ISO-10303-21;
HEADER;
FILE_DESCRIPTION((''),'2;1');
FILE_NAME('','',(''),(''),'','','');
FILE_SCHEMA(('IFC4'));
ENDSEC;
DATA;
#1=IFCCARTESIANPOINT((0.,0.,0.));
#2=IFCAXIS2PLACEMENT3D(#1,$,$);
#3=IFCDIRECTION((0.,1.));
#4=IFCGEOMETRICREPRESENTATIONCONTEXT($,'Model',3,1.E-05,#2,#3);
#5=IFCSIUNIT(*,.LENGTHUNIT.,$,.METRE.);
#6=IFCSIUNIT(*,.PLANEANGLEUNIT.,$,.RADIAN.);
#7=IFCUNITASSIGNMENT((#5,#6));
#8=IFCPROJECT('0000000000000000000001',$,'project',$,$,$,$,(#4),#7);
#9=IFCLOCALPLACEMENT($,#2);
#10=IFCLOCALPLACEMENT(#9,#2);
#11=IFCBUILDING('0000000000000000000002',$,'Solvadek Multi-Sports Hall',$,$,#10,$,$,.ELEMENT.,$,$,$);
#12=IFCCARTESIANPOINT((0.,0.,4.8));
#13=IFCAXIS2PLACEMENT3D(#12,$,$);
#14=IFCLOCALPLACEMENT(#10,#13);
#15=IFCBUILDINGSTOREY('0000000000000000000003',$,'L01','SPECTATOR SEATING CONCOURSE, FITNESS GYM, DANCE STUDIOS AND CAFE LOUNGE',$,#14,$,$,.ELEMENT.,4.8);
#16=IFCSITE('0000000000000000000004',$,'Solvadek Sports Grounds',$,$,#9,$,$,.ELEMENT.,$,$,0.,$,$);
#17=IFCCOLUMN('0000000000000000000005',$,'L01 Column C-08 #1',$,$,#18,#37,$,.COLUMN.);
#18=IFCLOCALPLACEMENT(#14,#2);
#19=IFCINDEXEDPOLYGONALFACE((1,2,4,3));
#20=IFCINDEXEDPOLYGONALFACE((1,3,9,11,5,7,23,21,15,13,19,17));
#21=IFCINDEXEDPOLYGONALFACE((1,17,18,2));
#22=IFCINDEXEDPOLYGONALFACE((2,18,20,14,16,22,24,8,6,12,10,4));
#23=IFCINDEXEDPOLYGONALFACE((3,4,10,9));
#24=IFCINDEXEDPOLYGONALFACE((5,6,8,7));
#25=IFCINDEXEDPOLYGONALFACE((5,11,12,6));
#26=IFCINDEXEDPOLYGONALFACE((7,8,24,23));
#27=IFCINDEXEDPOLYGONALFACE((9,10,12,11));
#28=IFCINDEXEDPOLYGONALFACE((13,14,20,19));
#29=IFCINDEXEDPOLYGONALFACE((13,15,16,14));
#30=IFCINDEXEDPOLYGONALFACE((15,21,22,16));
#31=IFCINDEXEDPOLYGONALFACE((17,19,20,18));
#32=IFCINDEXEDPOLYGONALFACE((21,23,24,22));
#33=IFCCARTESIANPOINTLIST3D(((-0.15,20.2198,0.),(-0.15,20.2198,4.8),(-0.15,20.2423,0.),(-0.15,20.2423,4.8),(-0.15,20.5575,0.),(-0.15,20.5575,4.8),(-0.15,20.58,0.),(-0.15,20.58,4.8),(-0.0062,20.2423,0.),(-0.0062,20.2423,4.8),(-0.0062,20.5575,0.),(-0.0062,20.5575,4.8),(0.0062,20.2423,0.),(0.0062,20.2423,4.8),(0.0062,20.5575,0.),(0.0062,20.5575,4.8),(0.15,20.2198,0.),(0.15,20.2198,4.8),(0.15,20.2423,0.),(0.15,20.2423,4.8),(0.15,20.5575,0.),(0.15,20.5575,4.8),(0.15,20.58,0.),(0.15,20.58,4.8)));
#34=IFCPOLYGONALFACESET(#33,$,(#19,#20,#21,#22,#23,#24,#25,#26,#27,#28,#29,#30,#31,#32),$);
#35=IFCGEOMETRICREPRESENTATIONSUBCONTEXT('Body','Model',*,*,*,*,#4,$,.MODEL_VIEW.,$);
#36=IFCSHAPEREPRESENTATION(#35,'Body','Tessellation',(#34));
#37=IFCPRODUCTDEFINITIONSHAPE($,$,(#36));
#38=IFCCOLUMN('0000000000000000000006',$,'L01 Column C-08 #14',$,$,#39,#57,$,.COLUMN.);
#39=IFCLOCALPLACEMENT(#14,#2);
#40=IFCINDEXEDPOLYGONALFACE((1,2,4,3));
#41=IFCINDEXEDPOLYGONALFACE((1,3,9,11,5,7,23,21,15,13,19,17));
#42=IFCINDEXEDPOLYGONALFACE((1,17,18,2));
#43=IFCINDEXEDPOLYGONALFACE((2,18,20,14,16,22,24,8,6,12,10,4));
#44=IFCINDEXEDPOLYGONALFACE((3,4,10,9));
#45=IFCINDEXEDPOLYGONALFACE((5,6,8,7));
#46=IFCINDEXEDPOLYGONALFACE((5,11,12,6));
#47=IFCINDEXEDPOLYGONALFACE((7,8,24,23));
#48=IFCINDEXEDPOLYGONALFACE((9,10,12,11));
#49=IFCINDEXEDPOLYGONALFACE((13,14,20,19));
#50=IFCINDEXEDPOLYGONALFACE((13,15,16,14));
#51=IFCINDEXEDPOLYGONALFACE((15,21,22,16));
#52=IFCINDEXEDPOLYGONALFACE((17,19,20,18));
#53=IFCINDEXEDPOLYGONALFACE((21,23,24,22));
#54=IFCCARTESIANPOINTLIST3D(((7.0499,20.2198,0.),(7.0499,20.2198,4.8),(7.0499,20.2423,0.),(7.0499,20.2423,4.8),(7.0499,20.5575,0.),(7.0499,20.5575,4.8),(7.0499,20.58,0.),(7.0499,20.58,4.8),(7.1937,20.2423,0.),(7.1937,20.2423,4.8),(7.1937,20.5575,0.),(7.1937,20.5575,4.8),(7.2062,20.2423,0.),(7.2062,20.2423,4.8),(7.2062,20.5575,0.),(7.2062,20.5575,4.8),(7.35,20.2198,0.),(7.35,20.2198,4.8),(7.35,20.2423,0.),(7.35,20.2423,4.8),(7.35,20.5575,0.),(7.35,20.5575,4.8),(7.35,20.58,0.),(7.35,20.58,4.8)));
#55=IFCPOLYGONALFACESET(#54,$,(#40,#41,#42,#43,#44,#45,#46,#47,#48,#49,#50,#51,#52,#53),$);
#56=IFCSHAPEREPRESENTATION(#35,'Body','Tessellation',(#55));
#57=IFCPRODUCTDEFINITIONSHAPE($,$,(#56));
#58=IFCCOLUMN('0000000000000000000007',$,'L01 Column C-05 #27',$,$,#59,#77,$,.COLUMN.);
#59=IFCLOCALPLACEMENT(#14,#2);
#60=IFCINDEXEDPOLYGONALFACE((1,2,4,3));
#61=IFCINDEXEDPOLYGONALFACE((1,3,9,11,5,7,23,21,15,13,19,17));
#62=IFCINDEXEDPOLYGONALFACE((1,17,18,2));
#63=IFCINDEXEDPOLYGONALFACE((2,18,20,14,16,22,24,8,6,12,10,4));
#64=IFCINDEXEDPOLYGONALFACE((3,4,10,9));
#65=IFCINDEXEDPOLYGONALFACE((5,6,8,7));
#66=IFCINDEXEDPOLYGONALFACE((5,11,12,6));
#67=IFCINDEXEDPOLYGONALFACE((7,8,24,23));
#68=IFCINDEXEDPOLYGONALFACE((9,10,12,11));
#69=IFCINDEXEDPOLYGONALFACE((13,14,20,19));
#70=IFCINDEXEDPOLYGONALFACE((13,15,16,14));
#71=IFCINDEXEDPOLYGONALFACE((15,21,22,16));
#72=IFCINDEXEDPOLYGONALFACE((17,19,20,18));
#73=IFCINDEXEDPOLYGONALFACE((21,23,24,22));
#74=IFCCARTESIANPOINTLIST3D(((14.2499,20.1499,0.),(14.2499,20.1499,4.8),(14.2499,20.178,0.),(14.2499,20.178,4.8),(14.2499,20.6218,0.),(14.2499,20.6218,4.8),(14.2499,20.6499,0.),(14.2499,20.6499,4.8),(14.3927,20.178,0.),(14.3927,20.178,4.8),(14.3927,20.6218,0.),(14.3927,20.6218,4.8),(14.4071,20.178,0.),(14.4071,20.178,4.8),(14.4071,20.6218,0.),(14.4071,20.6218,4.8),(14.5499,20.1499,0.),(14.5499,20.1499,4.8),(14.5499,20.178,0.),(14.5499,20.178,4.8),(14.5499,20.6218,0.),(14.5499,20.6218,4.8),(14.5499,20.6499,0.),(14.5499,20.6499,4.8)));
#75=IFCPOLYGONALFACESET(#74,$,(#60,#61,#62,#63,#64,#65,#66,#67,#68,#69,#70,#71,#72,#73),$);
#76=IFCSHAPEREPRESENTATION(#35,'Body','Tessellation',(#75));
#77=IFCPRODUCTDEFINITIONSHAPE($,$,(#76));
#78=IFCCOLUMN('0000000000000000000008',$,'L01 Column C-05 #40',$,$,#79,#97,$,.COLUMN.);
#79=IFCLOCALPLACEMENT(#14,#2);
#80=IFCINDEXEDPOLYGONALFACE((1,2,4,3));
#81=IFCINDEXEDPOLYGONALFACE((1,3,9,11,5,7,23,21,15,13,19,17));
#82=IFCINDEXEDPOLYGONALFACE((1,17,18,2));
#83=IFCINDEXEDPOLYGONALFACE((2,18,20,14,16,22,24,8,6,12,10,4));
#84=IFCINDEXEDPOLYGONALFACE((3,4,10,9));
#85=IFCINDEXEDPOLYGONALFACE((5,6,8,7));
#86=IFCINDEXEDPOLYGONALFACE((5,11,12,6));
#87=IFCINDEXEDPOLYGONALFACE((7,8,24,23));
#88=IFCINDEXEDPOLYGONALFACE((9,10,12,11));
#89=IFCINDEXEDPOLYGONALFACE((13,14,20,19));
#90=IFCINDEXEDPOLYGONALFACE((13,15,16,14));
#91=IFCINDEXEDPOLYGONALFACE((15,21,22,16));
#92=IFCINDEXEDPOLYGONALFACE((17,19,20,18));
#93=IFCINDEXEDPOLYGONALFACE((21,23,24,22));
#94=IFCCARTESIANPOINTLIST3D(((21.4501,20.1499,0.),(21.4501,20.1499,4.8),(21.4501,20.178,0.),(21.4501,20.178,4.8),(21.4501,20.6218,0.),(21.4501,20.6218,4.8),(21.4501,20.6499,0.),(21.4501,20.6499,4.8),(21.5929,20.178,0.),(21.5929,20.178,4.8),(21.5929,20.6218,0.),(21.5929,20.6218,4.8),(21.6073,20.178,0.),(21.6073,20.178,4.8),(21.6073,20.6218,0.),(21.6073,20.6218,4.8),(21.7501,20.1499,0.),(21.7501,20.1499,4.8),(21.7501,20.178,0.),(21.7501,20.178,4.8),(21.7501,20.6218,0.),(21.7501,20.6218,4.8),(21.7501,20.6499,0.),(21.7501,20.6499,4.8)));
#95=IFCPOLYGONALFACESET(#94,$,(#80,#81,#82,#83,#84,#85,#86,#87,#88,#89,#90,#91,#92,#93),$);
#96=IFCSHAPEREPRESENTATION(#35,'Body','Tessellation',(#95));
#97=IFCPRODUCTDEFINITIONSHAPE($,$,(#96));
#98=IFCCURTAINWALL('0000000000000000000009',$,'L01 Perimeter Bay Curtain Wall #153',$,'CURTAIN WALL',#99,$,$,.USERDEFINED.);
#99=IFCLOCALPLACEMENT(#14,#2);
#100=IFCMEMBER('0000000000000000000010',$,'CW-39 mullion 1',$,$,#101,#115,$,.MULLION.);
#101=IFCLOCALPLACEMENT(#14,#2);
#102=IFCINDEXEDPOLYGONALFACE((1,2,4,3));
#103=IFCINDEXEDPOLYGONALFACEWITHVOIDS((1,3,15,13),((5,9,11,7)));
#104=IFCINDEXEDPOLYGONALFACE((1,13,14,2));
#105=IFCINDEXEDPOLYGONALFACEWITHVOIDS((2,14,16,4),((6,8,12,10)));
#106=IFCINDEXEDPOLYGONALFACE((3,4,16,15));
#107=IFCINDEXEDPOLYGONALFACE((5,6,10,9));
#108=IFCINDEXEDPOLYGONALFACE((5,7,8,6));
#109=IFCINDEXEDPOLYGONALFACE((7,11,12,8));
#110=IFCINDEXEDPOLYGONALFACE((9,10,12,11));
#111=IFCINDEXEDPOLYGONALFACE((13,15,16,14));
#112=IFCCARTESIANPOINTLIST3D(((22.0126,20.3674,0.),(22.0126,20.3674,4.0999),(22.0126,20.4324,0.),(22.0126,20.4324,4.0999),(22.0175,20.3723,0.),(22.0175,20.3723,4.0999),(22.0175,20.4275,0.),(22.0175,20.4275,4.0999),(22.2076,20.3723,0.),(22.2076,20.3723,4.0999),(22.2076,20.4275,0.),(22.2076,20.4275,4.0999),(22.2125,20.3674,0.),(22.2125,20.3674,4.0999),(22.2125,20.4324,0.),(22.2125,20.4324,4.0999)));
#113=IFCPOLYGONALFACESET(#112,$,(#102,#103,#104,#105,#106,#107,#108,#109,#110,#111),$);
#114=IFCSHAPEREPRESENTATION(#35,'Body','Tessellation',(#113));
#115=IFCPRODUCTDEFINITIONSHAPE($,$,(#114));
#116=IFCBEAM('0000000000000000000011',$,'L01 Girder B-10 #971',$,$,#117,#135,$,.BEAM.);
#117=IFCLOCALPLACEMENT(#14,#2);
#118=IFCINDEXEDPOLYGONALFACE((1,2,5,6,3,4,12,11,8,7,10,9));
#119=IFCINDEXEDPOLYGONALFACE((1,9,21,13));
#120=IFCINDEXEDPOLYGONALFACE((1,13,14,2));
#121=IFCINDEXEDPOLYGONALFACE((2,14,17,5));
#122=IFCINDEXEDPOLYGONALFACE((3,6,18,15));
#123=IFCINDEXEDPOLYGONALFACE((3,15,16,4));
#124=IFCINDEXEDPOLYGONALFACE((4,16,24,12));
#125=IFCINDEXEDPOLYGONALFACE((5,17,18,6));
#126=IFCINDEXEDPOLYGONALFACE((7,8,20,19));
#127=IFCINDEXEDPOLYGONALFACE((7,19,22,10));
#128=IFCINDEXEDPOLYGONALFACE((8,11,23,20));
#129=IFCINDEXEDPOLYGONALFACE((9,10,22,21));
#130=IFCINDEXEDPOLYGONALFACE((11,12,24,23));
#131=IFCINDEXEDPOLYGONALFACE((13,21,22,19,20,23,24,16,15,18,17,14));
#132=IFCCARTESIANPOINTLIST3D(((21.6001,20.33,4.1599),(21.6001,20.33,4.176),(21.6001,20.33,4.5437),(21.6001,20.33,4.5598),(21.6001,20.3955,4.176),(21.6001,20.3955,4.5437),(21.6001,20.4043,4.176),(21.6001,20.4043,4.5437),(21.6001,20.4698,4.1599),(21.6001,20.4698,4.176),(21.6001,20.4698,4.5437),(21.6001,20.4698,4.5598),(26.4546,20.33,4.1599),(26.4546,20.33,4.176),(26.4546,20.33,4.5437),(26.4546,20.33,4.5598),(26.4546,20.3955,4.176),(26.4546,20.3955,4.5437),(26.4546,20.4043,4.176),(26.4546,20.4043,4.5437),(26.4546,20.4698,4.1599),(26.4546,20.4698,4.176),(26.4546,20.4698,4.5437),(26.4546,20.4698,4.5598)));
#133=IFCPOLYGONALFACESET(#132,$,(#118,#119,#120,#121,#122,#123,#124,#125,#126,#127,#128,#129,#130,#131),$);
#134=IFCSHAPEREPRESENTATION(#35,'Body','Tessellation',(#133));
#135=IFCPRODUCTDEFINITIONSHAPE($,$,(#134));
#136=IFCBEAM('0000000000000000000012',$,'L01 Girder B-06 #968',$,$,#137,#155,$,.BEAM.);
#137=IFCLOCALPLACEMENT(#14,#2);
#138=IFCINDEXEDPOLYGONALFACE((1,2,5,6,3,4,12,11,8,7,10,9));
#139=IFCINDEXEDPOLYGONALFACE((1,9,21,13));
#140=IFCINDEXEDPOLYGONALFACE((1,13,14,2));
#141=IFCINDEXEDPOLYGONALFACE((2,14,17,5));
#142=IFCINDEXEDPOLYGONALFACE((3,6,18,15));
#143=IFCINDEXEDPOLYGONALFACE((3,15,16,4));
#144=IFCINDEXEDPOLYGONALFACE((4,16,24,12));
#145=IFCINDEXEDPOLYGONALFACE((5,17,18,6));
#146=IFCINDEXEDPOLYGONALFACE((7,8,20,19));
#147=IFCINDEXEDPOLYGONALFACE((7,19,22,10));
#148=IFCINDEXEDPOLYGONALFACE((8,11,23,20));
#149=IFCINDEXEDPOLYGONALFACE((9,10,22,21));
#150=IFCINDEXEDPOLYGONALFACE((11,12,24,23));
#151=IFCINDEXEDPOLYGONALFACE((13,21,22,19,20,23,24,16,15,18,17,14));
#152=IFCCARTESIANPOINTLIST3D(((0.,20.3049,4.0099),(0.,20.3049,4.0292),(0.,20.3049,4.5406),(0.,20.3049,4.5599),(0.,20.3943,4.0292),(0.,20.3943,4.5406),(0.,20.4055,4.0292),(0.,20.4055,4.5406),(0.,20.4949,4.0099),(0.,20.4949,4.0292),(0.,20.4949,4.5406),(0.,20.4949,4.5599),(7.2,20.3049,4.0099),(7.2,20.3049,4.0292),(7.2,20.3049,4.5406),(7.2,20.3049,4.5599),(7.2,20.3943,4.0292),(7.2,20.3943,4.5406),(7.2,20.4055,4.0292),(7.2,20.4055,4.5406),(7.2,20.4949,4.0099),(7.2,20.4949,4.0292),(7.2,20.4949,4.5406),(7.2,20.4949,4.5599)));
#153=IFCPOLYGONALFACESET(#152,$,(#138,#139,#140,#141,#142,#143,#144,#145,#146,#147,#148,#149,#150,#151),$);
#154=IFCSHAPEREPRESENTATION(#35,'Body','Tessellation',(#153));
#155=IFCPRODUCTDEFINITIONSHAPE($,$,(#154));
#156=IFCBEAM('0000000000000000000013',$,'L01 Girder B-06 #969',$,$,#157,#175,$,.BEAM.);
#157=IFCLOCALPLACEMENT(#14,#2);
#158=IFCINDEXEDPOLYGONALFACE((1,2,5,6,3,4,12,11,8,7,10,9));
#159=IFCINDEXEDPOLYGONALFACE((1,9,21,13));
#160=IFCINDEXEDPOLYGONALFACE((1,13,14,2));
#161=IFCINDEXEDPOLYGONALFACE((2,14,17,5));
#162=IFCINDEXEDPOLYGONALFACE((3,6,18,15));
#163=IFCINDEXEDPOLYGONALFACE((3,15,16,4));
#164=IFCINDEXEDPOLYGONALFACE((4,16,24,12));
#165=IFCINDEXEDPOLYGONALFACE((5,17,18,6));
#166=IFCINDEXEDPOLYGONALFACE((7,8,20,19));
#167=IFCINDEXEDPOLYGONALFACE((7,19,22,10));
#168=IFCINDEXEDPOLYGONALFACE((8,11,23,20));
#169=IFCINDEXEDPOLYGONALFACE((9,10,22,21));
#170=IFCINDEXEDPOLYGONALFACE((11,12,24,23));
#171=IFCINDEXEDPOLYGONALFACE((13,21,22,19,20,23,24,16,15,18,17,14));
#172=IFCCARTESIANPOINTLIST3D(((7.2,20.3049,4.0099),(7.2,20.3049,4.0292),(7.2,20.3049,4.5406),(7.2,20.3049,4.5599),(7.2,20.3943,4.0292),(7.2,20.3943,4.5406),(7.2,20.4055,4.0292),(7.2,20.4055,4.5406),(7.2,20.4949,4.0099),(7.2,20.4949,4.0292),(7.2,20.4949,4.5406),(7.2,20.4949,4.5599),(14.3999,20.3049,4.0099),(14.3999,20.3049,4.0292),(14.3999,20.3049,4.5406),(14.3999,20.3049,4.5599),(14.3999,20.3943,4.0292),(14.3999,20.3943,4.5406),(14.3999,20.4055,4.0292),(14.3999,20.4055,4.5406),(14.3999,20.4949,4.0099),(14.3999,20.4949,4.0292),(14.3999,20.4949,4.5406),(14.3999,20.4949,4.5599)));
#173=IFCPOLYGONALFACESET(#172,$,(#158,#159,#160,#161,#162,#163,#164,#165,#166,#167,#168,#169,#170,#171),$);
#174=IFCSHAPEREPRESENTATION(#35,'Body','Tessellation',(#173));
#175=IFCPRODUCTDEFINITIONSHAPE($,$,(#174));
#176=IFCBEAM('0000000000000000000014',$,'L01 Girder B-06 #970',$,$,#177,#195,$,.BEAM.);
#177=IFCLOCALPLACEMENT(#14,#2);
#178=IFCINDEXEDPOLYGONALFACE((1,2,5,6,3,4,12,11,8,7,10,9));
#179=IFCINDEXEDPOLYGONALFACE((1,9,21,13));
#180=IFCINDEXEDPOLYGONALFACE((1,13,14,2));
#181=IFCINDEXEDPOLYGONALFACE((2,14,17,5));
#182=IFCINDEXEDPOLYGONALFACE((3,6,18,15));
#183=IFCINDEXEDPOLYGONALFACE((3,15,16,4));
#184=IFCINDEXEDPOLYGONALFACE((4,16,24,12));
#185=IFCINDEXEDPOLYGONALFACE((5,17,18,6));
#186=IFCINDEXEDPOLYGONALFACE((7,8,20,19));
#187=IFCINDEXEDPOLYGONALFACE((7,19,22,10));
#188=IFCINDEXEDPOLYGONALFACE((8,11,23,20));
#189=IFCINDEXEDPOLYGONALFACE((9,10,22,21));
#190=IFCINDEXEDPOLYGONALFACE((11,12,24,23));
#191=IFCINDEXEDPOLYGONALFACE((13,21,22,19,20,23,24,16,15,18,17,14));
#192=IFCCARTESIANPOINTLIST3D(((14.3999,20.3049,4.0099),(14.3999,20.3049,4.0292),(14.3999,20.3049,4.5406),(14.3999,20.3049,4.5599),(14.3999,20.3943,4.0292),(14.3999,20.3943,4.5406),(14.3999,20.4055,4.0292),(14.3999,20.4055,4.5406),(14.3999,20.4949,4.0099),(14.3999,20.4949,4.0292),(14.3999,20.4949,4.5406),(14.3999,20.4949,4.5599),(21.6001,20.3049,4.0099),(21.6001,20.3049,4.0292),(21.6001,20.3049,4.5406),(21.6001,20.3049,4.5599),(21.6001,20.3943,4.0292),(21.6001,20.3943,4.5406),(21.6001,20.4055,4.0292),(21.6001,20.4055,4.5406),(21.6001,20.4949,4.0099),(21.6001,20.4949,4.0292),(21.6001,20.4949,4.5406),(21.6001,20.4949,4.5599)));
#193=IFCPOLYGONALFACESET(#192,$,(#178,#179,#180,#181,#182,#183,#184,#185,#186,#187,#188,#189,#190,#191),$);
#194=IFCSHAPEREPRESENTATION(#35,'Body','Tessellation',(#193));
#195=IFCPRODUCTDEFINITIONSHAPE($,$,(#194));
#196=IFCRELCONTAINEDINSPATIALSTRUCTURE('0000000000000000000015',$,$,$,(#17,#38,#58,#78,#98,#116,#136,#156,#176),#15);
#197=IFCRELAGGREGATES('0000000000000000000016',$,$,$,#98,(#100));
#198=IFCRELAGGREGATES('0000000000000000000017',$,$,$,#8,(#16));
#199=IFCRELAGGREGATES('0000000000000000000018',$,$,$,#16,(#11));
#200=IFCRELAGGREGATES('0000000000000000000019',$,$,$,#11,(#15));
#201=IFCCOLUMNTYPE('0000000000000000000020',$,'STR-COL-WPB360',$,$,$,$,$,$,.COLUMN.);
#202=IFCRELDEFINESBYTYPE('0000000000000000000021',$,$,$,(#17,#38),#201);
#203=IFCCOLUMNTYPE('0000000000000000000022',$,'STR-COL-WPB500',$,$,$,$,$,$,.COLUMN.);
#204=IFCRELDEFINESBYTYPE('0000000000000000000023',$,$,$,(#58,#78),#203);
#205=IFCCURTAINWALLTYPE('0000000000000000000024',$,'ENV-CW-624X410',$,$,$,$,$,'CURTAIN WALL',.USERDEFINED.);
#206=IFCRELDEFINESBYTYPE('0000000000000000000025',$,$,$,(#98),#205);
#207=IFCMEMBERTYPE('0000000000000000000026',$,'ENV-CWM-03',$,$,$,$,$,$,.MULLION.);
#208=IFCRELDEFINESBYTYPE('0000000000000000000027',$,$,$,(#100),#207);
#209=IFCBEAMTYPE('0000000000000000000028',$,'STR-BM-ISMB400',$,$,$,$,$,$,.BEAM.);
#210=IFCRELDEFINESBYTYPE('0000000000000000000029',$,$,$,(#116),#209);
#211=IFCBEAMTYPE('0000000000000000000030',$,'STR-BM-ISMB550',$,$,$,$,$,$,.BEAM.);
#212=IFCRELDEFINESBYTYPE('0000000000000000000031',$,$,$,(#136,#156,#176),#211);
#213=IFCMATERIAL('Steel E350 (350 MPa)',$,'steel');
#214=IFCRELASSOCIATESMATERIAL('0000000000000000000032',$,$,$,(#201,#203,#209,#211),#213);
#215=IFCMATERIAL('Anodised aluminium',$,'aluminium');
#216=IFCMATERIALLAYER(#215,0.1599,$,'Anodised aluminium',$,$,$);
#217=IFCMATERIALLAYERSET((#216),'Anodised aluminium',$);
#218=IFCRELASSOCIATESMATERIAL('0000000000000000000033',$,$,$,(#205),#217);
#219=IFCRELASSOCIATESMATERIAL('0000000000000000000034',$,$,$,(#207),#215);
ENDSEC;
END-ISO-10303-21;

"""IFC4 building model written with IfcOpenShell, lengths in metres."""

from ifc_helpers import new_model, si_unit, direction, frame, origin, origin_2d, place, context, subcontext, project, spatial, hollow_rectangle, i_section, extrude, material, layer, layer_set, material_profile, profile_set, type_object, element, aggregate, save


model = new_model("IFC4")

# Units and contexts
model_context = context("Model", 3, precision=1e-05, world=origin(), true_north=direction((0.0, 1.0)))
body_context = subcontext(model_context, "Body", "Model", "MODEL_VIEW")
ifc_project = project(units=[si_unit("LENGTHUNIT", "METRE"), si_unit("PLANEANGLEUNIT", "RADIAN")], contexts=[model_context])

# Site, building, storey
site_placement = place(None, origin())
site = spatial("IfcSite", under=ifc_project, at=site_placement, Name="Solvadek Sports Grounds", CompositionType="ELEMENT", RefElevation=0.0)
building_placement = place(site_placement, origin())
building = spatial("IfcBuilding", under=site, at=building_placement, Name="Solvadek Multi-Sports Hall", CompositionType="ELEMENT")
storey_placement = place(building_placement, frame((0.0, 0.0, 4.8)))
storey = spatial("IfcBuildingStorey", under=building, at=storey_placement, Name="L01", Description="SPECTATOR SEATING CONCOURSE, FITNESS GYM, DANCE STUDIOS AND CAFE LOUNGE", CompositionType="ELEMENT", Elevation=4.8)

# Columns
ifc_material_1 = material(Name="Steel E350 (350 MPa)", Category="steel")
ifc_material_profile_1 = material_profile(ifc_material_1, i_section(OverallWidth=0.3, OverallDepth=0.3601, WebThickness=0.0125, FlangeThickness=0.0225, at=origin_2d()), Name="WPB 360")
ifc_profile_set_1 = profile_set([ifc_material_profile_1], Name="Steel E350 (350 MPa)")
column_type_1 = type_object("IfcColumnType", Name="STR-COL-WPB360", PredefinedType="COLUMN", material=ifc_profile_set_1)
for number, where, z_axis, x_axis, name in (
    (1, (0.0, 20.3999, 0.0), (0.0, 0.0, 1.0), (1.0, 0.0, 0.0), "L01 Column C-08 #1"),
    (2, (7.2, 20.3999, 0.0), (0.0, 0.0, 1.0), (1.0, 0.0, 0.0), "L01 Column C-08 #14"),
):
    element("IfcColumn", number, at=place(storey_placement, frame(where, z_axis=z_axis, x_axis=x_axis)), inside=storey, type_object=column_type_1, Name=name, PredefinedType="COLUMN", context=body_context, shape_type="SweptSolid", body=[
        extrude(i_section(OverallWidth=0.3, OverallDepth=0.3601, WebThickness=0.0125, FlangeThickness=0.0225, at=origin_2d()), origin(), (0.0, 0.0, 1.0), 4.8),
    ])
ifc_material_profile_2 = material_profile(ifc_material_1, i_section(OverallWidth=0.3, OverallDepth=0.5, WebThickness=0.0144, FlangeThickness=0.0281, at=origin_2d()), Name="WPB 500")
ifc_profile_set_2 = profile_set([ifc_material_profile_2], Name="Steel E350 (350 MPa)")
column_type_2 = type_object("IfcColumnType", Name="STR-COL-WPB500", PredefinedType="COLUMN", material=ifc_profile_set_2)
for number, where, z_axis, x_axis, name in (
    (3, (14.3999, 20.3999, 0.0), (0.0, 0.0, 1.0), (1.0, 0.0, 0.0), "L01 Column C-05 #27"),
    (4, (21.6001, 20.3999, 0.0), (0.0, 0.0, 1.0), (1.0, 0.0, 0.0), "L01 Column C-05 #40"),
):
    element("IfcColumn", number, at=place(storey_placement, frame(where, z_axis=z_axis, x_axis=x_axis)), inside=storey, type_object=column_type_2, Name=name, PredefinedType="COLUMN", context=body_context, shape_type="SweptSolid", body=[
        extrude(i_section(OverallWidth=0.3, OverallDepth=0.5, WebThickness=0.0144, FlangeThickness=0.0281, at=origin_2d()), origin(), (0.0, 0.0, 1.0), 4.8),
    ])

# Curtain wall, member
ifc_material_2 = material(Name="Anodised aluminium", Category="aluminium")
ifc_layer_1 = layer(ifc_material_2, 0.1599, Name="Anodised aluminium")
ifc_layer_set_1 = layer_set([ifc_layer_1], Name="Anodised aluminium")
curtain_wall_type = type_object("IfcCurtainWallType", Name="ENV-CW-624X410", ElementType="CURTAIN WALL", PredefinedType="USERDEFINED", material=ifc_layer_set_1)
curtain_wall_placement = place(storey_placement, origin())
curtain_wall = element("IfcCurtainWall", 5, at=curtain_wall_placement, inside=storey, type_object=curtain_wall_type, Name="L01 Perimeter Bay Curtain Wall #153", ObjectType="CURTAIN WALL", PredefinedType="USERDEFINED")
ifc_material_profile_3 = material_profile(ifc_material_2, hollow_rectangle(XDim=0.0649, YDim=0.2, WallThickness=0.0049, at=origin_2d()), Name="ALU-M 200x65x5")
ifc_profile_set_3 = profile_set([ifc_material_profile_3], Name="Anodised aluminium")
member_type = type_object("IfcMemberType", Name="ENV-CWM-03", PredefinedType="MULLION", material=ifc_profile_set_3)
member_placement = place(storey_placement, frame((22.1125, 20.3999, 0.0), z_axis=(0.0, 0.0, 1.0), x_axis=(0.0, 1.0, 0.0)))
member = element("IfcMember", 6, at=member_placement, type_object=member_type, Name="CW-39 mullion 1", PredefinedType="MULLION", context=body_context, shape_type="SweptSolid", body=[
    extrude(hollow_rectangle(XDim=0.0649, YDim=0.2, WallThickness=0.0049, at=origin_2d()), origin(), (0.0, 0.0, 1.0), 4.0999),
])
aggregate(curtain_wall, [member])

# Beams
ifc_material_profile_4 = material_profile(ifc_material_1, i_section(OverallWidth=0.1399, OverallDepth=0.3999, WebThickness=0.0088, FlangeThickness=0.0161, at=origin_2d()), Name="ISMB 400")
ifc_profile_set_4 = profile_set([ifc_material_profile_4], Name="Steel E350 (350 MPa)")
beam_type_1 = type_object("IfcBeamType", Name="STR-BM-ISMB400", PredefinedType="BEAM", material=ifc_profile_set_4)
beam_1_placement = place(storey_placement, frame((21.6001, 20.3999, 4.3599), z_axis=(1.0, 0.0, 0.0), x_axis=(0.0, 1.0, 0.0)))
element("IfcBeam", 7, at=beam_1_placement, inside=storey, type_object=beam_type_1, Name="L01 Girder B-10 #971", PredefinedType="BEAM", context=body_context, shape_type="SweptSolid", body=[
    extrude(i_section(OverallWidth=0.1399, OverallDepth=0.3999, WebThickness=0.0088, FlangeThickness=0.0161, at=origin_2d()), origin(), (0.0, 0.0, 1.0), 4.8545),
])
ifc_material_profile_5 = material_profile(ifc_material_1, i_section(OverallWidth=0.1899, OverallDepth=0.55, WebThickness=0.0112, FlangeThickness=0.0193, at=origin_2d()), Name="ISMB 550")
ifc_profile_set_5 = profile_set([ifc_material_profile_5], Name="Steel E350 (350 MPa)")
beam_type_2 = type_object("IfcBeamType", Name="STR-BM-ISMB550", PredefinedType="BEAM", material=ifc_profile_set_5)
for number, where, z_axis, x_axis, name in (
    (8, (0.0, 20.3999, 4.2849), (1.0, 0.0, 0.0), (0.0, 1.0, 0.0), "L01 Girder B-06 #968"),
    (9, (7.2, 20.3999, 4.2849), (1.0, 0.0, 0.0), (0.0, 1.0, 0.0), "L01 Girder B-06 #969"),
):
    element("IfcBeam", number, at=place(storey_placement, frame(where, z_axis=z_axis, x_axis=x_axis)), inside=storey, type_object=beam_type_2, Name=name, PredefinedType="BEAM", context=body_context, shape_type="SweptSolid", body=[
        extrude(i_section(OverallWidth=0.1899, OverallDepth=0.55, WebThickness=0.0112, FlangeThickness=0.0193, at=origin_2d()), origin(), (0.0, 0.0, 1.0), 7.2),
    ])
beam_2_placement = place(storey_placement, frame((14.3999, 20.3999, 4.2849), z_axis=(1.0, 0.0, 0.0), x_axis=(0.0, 1.0, 0.0)))
element("IfcBeam", 10, at=beam_2_placement, inside=storey, type_object=beam_type_2, Name="L01 Girder B-06 #970", PredefinedType="BEAM", context=body_context, shape_type="SweptSolid", body=[
    extrude(i_section(OverallWidth=0.1899, OverallDepth=0.55, WebThickness=0.0112, FlangeThickness=0.0193, at=origin_2d()), origin(), (0.0, 0.0, 1.0), 7.2002),
])

save(model, "model.ifc")
